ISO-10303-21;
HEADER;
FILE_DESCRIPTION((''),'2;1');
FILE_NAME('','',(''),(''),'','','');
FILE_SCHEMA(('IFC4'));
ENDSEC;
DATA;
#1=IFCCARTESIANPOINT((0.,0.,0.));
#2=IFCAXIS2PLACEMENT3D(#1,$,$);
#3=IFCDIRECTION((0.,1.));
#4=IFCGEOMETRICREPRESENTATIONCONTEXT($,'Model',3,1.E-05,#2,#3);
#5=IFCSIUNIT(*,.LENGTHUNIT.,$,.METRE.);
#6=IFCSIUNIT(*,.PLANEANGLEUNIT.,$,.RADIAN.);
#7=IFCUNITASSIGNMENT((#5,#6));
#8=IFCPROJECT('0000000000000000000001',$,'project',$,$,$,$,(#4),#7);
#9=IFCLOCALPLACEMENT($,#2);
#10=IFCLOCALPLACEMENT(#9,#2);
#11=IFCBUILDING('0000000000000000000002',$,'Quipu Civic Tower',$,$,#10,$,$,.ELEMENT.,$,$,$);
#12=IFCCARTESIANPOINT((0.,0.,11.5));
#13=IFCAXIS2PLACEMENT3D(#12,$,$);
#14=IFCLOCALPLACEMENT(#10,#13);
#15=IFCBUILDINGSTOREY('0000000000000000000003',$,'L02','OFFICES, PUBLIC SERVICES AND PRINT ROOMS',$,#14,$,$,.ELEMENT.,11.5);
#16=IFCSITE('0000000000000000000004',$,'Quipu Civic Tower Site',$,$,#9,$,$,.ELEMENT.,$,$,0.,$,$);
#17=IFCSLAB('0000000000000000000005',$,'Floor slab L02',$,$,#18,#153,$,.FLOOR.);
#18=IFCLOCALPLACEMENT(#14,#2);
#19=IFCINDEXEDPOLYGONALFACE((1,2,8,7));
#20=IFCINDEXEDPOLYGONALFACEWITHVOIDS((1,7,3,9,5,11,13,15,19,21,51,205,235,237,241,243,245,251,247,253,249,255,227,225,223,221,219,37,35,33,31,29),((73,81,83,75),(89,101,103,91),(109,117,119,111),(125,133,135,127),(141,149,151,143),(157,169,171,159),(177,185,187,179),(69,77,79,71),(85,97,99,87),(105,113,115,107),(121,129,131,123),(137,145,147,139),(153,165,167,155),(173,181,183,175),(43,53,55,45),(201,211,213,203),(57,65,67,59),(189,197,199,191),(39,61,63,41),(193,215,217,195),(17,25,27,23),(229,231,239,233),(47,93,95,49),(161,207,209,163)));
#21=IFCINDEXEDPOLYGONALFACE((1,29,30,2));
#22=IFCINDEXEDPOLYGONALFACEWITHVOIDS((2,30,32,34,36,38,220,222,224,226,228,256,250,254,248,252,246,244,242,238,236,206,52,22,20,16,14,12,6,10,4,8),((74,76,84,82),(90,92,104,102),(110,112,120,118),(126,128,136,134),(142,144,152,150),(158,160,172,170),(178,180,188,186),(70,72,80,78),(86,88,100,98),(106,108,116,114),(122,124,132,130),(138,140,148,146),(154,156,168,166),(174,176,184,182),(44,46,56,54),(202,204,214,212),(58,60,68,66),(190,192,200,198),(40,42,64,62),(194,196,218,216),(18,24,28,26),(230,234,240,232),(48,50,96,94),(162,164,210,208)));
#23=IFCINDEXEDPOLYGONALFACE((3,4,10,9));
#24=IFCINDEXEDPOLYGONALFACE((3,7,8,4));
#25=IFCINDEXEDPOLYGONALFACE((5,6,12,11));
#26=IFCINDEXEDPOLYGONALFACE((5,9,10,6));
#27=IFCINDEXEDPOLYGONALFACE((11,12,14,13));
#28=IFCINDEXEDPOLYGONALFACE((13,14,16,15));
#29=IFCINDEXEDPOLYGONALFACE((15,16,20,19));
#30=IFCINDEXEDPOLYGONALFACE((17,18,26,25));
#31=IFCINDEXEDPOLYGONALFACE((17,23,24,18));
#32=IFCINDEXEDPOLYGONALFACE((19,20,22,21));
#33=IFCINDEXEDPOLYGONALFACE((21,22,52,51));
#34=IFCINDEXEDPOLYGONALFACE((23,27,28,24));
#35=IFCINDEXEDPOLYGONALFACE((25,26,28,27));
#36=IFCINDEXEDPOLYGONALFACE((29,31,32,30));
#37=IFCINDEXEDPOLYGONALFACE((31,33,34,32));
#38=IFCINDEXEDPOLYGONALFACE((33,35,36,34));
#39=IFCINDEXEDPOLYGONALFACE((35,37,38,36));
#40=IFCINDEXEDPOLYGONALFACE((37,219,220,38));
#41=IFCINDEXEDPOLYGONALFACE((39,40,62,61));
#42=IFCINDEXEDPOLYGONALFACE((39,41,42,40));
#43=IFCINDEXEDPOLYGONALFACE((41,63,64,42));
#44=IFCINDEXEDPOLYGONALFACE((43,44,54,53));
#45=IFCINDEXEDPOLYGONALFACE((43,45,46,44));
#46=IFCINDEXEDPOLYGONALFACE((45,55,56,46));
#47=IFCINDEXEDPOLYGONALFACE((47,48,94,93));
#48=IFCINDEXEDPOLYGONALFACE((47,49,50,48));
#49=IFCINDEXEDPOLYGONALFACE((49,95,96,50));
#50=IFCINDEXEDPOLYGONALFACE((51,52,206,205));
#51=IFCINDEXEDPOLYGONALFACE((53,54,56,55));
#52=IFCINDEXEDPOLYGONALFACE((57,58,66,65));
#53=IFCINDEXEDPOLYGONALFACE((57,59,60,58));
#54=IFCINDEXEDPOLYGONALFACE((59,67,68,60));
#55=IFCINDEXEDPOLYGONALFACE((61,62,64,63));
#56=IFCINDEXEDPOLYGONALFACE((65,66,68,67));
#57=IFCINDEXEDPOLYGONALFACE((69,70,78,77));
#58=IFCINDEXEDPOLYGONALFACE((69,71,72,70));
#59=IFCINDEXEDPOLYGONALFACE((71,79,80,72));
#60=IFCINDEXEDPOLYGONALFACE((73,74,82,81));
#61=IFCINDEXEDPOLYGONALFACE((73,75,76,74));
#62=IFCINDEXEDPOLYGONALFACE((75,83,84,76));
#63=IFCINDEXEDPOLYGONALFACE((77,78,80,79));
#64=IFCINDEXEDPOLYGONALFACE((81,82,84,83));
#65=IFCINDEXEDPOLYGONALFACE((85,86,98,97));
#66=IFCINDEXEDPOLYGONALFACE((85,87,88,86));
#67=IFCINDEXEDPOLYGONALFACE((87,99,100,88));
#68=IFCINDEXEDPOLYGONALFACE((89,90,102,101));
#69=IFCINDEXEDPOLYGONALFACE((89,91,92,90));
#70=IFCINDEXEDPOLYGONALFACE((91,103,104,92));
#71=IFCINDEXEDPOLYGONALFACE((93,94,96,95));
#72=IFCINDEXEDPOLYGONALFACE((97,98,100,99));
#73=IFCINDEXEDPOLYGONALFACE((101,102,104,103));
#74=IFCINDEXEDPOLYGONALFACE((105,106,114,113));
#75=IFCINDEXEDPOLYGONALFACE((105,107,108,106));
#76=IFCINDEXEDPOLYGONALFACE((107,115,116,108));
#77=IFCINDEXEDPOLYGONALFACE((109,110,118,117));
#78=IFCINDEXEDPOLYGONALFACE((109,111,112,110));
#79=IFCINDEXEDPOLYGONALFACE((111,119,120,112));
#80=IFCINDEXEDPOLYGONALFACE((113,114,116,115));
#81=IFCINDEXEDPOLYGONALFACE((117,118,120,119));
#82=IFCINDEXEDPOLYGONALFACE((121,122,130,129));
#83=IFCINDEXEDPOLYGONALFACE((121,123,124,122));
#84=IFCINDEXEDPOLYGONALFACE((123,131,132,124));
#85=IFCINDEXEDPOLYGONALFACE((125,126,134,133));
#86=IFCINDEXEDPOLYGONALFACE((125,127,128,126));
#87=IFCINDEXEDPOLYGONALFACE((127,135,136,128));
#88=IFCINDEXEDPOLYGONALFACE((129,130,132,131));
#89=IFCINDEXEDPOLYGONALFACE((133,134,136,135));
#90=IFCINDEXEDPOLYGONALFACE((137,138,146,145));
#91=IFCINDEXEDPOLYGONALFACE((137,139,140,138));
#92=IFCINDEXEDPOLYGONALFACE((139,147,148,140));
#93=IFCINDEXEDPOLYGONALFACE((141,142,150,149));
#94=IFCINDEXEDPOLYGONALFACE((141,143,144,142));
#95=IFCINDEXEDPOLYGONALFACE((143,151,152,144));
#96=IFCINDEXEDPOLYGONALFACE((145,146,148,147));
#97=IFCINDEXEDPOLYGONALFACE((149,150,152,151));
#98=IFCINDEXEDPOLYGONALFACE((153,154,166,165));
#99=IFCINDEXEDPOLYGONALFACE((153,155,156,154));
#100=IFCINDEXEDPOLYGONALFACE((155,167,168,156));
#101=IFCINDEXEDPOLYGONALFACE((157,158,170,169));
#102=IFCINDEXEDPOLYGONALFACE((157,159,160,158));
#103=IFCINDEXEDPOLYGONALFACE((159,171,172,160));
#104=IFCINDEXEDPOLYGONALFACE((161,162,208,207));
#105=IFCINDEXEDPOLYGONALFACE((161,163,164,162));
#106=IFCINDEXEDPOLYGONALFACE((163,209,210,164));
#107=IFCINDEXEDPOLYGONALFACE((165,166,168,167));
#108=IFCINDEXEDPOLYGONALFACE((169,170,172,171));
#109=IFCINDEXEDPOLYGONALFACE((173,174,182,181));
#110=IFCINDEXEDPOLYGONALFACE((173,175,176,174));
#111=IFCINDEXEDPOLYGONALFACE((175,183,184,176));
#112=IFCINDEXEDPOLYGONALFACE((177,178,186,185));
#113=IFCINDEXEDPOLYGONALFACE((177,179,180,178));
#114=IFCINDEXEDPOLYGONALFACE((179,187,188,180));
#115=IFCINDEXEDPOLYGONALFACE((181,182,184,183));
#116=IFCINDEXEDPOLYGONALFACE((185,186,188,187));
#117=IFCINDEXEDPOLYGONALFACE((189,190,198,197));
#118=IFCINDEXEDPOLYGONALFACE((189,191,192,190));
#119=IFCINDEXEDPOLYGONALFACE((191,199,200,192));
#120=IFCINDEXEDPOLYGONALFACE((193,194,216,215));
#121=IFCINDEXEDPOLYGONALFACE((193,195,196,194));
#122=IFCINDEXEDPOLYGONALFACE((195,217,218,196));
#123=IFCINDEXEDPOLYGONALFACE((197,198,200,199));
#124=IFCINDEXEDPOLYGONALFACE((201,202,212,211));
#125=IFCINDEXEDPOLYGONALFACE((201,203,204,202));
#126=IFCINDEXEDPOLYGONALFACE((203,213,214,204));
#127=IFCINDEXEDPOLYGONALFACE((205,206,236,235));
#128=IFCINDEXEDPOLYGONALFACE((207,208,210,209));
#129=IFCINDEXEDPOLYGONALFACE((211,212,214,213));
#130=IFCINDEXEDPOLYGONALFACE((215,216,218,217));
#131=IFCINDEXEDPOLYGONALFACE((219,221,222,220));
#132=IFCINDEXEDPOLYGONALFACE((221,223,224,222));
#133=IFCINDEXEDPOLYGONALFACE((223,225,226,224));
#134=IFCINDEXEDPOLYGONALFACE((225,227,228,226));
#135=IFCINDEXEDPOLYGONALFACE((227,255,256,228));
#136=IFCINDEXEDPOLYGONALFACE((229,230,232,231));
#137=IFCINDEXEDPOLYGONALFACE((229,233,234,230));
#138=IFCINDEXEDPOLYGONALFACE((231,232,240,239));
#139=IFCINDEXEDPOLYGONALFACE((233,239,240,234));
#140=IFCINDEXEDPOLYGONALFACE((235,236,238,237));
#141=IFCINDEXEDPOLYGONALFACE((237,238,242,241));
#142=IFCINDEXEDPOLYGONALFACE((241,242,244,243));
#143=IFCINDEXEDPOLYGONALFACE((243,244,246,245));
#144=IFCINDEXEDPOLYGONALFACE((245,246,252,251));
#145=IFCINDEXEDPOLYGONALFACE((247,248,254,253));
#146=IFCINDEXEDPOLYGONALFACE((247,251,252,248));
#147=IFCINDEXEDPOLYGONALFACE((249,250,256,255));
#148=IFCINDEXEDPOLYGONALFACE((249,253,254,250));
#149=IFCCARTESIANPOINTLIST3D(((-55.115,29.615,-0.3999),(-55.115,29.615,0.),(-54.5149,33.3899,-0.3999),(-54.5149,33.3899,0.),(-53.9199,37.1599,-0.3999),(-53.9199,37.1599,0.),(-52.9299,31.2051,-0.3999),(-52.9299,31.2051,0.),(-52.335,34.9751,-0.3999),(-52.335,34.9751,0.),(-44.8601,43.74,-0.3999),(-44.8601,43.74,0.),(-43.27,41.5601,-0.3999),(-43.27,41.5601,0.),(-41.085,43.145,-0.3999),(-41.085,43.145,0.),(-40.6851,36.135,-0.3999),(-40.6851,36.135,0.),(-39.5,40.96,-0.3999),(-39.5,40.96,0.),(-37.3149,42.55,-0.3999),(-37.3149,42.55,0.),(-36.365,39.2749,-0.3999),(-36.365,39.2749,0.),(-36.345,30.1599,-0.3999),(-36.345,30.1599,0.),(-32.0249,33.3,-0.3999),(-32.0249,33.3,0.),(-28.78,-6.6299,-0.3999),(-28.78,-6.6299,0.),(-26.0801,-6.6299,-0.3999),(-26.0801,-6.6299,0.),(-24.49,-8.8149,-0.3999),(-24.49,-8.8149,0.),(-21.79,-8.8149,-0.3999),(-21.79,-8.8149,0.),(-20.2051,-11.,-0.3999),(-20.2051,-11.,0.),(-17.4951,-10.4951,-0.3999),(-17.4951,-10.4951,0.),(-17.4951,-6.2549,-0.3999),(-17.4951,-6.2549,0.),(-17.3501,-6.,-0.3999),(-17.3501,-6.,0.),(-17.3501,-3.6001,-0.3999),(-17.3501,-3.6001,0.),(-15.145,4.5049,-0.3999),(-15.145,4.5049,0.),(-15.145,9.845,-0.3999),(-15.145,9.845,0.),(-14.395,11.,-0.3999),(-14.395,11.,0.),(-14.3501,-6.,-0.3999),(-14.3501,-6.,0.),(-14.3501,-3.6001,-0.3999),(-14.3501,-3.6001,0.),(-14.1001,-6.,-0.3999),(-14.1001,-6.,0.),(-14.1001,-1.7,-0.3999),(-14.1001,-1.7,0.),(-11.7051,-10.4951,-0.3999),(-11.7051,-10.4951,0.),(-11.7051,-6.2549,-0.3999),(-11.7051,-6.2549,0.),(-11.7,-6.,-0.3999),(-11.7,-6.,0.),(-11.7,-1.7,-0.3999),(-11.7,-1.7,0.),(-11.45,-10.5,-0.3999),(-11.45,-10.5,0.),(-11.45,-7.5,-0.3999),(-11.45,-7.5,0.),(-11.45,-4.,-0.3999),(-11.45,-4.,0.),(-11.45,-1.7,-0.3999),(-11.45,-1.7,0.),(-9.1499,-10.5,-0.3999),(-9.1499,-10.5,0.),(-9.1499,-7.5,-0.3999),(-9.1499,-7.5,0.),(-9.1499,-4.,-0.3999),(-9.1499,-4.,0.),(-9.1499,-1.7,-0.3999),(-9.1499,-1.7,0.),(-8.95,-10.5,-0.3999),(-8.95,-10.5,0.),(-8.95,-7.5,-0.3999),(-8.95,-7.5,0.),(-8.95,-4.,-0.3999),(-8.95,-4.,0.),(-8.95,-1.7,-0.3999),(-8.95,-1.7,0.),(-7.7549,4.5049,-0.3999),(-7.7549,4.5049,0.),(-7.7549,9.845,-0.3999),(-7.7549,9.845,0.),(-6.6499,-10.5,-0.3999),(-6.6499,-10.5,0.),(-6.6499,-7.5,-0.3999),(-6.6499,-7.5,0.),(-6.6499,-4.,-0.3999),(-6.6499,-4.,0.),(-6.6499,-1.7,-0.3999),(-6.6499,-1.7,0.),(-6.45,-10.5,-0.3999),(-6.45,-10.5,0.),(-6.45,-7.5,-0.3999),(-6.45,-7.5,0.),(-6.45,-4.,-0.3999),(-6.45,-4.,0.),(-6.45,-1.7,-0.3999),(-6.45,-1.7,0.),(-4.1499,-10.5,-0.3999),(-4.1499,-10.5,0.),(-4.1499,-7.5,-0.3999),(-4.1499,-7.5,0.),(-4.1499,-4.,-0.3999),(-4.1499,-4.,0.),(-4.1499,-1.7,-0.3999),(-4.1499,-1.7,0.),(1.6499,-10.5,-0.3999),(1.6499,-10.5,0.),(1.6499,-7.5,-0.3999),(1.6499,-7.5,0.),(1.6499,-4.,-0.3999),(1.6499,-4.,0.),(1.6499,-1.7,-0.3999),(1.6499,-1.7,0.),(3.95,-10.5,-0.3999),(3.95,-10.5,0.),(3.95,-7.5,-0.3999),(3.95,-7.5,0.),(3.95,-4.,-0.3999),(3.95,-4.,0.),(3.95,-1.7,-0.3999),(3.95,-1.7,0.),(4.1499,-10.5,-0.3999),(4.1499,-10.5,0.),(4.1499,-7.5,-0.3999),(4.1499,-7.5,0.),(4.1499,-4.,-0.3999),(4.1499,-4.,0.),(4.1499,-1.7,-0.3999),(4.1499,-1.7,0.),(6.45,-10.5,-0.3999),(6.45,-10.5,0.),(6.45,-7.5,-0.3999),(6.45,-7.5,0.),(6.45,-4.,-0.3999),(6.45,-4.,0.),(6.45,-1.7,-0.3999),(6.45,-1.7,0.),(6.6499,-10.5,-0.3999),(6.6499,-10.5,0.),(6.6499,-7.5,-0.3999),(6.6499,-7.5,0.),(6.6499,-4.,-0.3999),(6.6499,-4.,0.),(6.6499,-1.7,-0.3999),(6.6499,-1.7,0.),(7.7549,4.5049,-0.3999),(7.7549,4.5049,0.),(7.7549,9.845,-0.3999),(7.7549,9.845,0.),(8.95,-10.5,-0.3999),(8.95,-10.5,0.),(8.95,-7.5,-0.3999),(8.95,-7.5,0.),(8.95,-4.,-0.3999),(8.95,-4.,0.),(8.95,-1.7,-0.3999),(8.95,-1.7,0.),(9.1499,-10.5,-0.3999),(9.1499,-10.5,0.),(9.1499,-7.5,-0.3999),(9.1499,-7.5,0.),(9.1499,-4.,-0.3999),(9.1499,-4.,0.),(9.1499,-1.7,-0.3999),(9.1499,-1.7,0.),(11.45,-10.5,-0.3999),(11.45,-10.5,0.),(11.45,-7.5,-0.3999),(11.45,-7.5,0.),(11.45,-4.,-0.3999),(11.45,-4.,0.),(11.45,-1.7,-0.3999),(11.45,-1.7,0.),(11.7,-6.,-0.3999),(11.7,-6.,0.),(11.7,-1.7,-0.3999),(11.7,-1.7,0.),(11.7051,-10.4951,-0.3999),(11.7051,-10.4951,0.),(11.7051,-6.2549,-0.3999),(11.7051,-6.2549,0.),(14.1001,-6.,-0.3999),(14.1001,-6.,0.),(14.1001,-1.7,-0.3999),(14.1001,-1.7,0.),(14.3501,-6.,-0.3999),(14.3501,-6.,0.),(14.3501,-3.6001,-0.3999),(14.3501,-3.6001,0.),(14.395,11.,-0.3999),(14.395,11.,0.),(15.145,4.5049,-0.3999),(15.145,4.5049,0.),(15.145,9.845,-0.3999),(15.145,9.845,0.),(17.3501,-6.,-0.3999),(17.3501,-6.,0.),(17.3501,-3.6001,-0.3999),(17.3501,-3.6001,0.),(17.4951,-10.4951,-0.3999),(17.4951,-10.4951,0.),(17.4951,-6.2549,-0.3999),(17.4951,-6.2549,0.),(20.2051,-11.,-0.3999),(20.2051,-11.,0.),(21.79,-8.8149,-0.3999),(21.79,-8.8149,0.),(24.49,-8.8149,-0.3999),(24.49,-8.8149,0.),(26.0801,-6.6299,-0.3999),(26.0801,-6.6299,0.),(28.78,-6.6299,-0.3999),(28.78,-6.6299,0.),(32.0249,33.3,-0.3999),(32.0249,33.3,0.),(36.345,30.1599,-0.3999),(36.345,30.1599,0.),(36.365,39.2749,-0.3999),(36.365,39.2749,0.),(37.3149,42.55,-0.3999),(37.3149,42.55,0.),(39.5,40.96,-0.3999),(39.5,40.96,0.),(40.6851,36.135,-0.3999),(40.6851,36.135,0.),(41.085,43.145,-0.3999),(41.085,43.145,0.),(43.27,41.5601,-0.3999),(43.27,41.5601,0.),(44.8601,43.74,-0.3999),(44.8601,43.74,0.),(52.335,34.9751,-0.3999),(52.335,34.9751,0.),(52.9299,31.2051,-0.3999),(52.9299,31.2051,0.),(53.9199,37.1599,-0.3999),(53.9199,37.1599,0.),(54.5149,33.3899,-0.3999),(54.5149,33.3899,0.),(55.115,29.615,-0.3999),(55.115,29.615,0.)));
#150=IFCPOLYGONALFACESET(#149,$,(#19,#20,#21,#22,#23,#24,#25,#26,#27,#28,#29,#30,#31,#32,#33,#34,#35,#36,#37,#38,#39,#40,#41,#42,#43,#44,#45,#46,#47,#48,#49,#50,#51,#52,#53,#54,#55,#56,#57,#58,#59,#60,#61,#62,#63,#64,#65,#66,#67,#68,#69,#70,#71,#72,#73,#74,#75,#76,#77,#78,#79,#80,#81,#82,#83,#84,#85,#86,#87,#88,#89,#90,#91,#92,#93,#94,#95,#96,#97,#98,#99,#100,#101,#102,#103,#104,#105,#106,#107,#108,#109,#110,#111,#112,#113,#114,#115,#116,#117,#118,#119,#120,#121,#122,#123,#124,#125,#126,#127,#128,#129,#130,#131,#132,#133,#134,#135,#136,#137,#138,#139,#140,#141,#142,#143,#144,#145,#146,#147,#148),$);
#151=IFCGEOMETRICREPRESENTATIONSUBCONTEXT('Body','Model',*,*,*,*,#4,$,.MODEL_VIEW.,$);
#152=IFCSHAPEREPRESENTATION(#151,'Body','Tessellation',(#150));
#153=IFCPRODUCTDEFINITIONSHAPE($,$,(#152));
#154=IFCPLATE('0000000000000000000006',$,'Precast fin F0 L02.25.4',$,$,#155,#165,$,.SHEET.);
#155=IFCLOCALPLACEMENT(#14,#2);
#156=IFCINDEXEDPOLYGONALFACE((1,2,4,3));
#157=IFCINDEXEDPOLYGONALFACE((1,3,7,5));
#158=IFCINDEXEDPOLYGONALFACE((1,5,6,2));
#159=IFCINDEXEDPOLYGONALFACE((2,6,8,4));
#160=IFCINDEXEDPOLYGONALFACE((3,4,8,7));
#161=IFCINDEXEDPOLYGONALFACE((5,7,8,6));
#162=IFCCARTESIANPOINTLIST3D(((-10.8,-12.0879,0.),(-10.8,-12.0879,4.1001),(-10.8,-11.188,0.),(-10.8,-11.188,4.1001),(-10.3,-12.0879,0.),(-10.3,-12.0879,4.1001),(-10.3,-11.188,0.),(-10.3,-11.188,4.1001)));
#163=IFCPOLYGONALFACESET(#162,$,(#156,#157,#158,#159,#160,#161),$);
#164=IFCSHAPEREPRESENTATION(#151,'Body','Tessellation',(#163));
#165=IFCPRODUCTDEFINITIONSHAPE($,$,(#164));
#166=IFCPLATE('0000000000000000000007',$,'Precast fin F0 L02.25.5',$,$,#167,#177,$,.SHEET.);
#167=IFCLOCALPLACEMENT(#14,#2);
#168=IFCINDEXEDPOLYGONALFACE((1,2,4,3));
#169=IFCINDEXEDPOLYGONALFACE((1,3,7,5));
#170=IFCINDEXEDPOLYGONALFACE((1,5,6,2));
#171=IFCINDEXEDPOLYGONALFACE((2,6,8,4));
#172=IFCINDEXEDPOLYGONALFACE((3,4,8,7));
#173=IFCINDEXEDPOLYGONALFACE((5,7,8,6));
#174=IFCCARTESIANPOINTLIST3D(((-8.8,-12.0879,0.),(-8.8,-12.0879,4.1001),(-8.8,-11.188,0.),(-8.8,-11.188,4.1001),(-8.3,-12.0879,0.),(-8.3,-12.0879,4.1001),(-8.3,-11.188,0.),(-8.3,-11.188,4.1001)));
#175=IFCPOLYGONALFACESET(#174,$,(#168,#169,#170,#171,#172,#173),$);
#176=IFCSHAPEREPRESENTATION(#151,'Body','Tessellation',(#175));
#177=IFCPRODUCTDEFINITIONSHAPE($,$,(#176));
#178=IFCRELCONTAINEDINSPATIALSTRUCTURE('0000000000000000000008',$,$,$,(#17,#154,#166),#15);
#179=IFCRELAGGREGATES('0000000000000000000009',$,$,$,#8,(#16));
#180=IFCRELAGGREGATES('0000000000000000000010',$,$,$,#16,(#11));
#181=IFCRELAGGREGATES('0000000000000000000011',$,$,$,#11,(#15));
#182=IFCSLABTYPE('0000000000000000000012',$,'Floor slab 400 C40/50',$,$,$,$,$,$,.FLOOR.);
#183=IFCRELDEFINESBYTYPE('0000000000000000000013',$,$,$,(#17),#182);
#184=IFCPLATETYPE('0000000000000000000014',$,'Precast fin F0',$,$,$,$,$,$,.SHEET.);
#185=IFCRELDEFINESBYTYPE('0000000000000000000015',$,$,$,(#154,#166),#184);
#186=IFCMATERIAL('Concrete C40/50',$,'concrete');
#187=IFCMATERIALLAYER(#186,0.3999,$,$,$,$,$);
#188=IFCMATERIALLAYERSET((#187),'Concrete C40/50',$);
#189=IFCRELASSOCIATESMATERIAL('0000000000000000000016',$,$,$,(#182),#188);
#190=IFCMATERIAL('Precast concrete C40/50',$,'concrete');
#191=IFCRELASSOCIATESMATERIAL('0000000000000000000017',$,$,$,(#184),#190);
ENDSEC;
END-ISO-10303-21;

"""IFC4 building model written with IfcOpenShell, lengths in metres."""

from ifc_helpers import new_model, si_unit, direction, frame, origin, origin_2d, place, context, subcontext, project, spatial, polyline, rectangle, outline, extrude, material, layer, layer_set, type_object, element, save


model = new_model("IFC4")

# Units and contexts
model_context = context("Model", 3, precision=1e-05, world=origin(), true_north=direction((0.0, 1.0)))
body_context = subcontext(model_context, "Body", "Model", "MODEL_VIEW")
ifc_project = project(units=[si_unit("LENGTHUNIT", "METRE"), si_unit("PLANEANGLEUNIT", "RADIAN")], contexts=[model_context])

# Site, building, storey
site_placement = place(None, origin())
site = spatial("IfcSite", under=ifc_project, at=site_placement, Name="Quipu Civic Tower Site", CompositionType="ELEMENT", RefElevation=0.0)
building_placement = place(site_placement, origin())
building = spatial("IfcBuilding", under=site, at=building_placement, Name="Quipu Civic Tower", CompositionType="ELEMENT")
storey_placement = place(building_placement, frame((0.0, 0.0, 11.5)))
storey = spatial("IfcBuildingStorey", under=building, at=storey_placement, Name="L02", Description="OFFICES, PUBLIC SERVICES AND PRINT ROOMS", CompositionType="ELEMENT", Elevation=11.5)

# Slab
ifc_material_1 = material(Name="Concrete C40/50", Category="concrete")
ifc_layer_1 = layer(ifc_material_1, 0.3999)
ifc_layer_set_1 = layer_set([ifc_layer_1], Name="Concrete C40/50")
slab_type_1 = type_object("IfcSlabType", Name="Floor slab 400 C40/50", PredefinedType="FLOOR", material=ifc_layer_set_1)
slab_1_placement = place(storey_placement, frame((0.0, 0.0, -0.3999)))
element("IfcSlab", 1, at=slab_1_placement, inside=storey, type_object=slab_type_1, Name="Floor slab L02", PredefinedType="FLOOR", context=body_context, shape_type="SweptSolid", body=[
    extrude(outline(polyline([(37.3149, 42.55), (39.5, 40.96), (41.085, 43.145), (43.27, 41.5601), (44.8601, 43.74), (53.9199, 37.1599), (52.335, 34.9751), (54.5149, 33.3899), (52.9299, 31.2051), (55.115, 29.615), (28.78, -6.6299), (26.0801, -6.6299), (24.49, -8.8149), (21.79, -8.8149), (20.2051, -11.0), (-20.2051, -11.0), (-21.79, -8.8149), (-24.49, -8.8149), (-26.0801, -6.6299), (-28.78, -6.6299), (-55.115, 29.615), (-52.9299, 31.2051), (-54.5149, 33.3899), (-52.335, 34.9751), (-53.9199, 37.1599), (-44.8601, 43.74), (-43.27, 41.5601), (-41.085, 43.145), (-39.5, 40.96), (-37.3149, 42.55), (-14.395, 11.0), (14.395, 11.0), (37.3149, 42.55)]), holes=[polyline([(-11.45, -7.5), (-11.45, -10.5), (-9.1499, -10.5), (-9.1499, -7.5), (-11.45, -7.5)]), polyline([(-6.6499, -7.5), (-8.95, -7.5), (-8.95, -10.5), (-6.6499, -10.5), (-6.6499, -7.5)]), polyline([(-4.1499, -7.5), (-6.45, -7.5), (-6.45, -10.5), (-4.1499, -10.5), (-4.1499, -7.5)]), polyline([(1.6499, -7.5), (1.6499, -10.5), (3.95, -10.5), (3.95, -7.5), (1.6499, -7.5)]), polyline([(-11.7051, -10.4951), (-11.7051, -6.2549), (-17.4951, -6.2549), (-17.4951, -10.4951), (-11.7051, -10.4951)]), polyline([(-14.3501, -3.6001), (-17.3501, -3.6001), (-17.3501, -6.0), (-14.3501, -6.0), (-14.3501, -3.6001)]), polyline([(-14.1001, -1.7), (-14.1001, -6.0), (-11.7, -6.0), (-11.7, -1.7), (-14.1001, -1.7)]), polyline([(-9.1499, -1.7), (-11.45, -1.7), (-11.45, -4.0), (-9.1499, -4.0), (-9.1499, -1.7)]), polyline([(-6.6499, -1.7), (-8.95, -1.7), (-8.95, -4.0), (-6.6499, -4.0), (-6.6499, -1.7)]), polyline([(-6.45, -1.7), (-6.45, -4.0), (-4.1499, -4.0), (-4.1499, -1.7), (-6.45, -1.7)]), polyline([(-7.7549, 4.5049), (-7.7549, 9.845), (-15.145, 9.845), (-15.145, 4.5049), (-7.7549, 4.5049)]), polyline([(-36.365, 39.2749), (-40.6851, 36.135), (-36.345, 30.1599), (-32.0249, 33.3), (-36.365, 39.2749)]), polyline([(4.1499, -7.5), (4.1499, -10.5), (6.45, -10.5), (6.45, -7.5), (4.1499, -7.5)]), polyline([(8.95, -7.5), (6.6499, -7.5), (6.6499, -10.5), (8.95, -10.5), (8.95, -7.5)]), polyline([(11.45, -7.5), (9.1499, -7.5), (9.1499, -10.5), (11.45, -10.5), (11.45, -7.5)]), polyline([(11.7051, -10.4951), (17.4951, -10.4951), (17.4951, -6.2549), (11.7051, -6.2549), (11.7051, -10.4951)]), polyline([(17.3501, -3.6001), (14.3501, -3.6001), (14.3501, -6.0), (17.3501, -6.0), (17.3501, -3.6001)]), polyline([(14.1001, -1.7), (11.7, -1.7), (11.7, -6.0), (14.1001, -6.0), (14.1001, -1.7)]), polyline([(1.6499, -1.7), (1.6499, -4.0), (3.95, -4.0), (3.95, -1.7), (1.6499, -1.7)]), polyline([(6.45, -1.7), (4.1499, -1.7), (4.1499, -4.0), (6.45, -4.0), (6.45, -1.7)]), polyline([(8.95, -1.7), (6.6499, -1.7), (6.6499, -4.0), (8.95, -4.0), (8.95, -1.7)]), polyline([(9.1499, -1.7), (9.1499, -4.0), (11.45, -4.0), (11.45, -1.7), (9.1499, -1.7)]), polyline([(7.7549, 9.845), (7.7549, 4.5049), (15.145, 4.5049), (15.145, 9.845), (7.7549, 9.845)]), polyline([(40.6851, 36.135), (36.365, 39.2749), (32.0249, 33.3), (36.345, 30.1599), (40.6851, 36.135)])]), origin(), (0.0, 0.0, 1.0), 0.3999),
])

# Plates
ifc_material_2 = material(Name="Precast concrete C40/50", Category="concrete")
plate_type = type_object("IfcPlateType", Name="Precast fin F0", PredefinedType="SHEET", material=ifc_material_2)
for number, where, z_axis, x_axis, name in (
    (2, (-10.55, -11.6379, 0.0), (0.0, 0.0, 1.0), (1.0, 0.0, 0.0), "Precast fin F0 L02.25.4"),
    (3, (-8.55, -11.6379, 0.0), (0.0, 0.0, 1.0), (1.0, 0.0, 0.0), "Precast fin F0 L02.25.5"),
):
    element("IfcPlate", number, at=place(storey_placement, frame(where, z_axis=z_axis, x_axis=x_axis)), inside=storey, type_object=plate_type, Name=name, PredefinedType="SHEET", context=body_context, shape_type="SweptSolid", body=[
        extrude(rectangle(XDim=0.5, YDim=0.8999, at=origin_2d()), origin(), (0.0, 0.0, 1.0), 4.1001),
    ])

save(model, "model.ifc")
